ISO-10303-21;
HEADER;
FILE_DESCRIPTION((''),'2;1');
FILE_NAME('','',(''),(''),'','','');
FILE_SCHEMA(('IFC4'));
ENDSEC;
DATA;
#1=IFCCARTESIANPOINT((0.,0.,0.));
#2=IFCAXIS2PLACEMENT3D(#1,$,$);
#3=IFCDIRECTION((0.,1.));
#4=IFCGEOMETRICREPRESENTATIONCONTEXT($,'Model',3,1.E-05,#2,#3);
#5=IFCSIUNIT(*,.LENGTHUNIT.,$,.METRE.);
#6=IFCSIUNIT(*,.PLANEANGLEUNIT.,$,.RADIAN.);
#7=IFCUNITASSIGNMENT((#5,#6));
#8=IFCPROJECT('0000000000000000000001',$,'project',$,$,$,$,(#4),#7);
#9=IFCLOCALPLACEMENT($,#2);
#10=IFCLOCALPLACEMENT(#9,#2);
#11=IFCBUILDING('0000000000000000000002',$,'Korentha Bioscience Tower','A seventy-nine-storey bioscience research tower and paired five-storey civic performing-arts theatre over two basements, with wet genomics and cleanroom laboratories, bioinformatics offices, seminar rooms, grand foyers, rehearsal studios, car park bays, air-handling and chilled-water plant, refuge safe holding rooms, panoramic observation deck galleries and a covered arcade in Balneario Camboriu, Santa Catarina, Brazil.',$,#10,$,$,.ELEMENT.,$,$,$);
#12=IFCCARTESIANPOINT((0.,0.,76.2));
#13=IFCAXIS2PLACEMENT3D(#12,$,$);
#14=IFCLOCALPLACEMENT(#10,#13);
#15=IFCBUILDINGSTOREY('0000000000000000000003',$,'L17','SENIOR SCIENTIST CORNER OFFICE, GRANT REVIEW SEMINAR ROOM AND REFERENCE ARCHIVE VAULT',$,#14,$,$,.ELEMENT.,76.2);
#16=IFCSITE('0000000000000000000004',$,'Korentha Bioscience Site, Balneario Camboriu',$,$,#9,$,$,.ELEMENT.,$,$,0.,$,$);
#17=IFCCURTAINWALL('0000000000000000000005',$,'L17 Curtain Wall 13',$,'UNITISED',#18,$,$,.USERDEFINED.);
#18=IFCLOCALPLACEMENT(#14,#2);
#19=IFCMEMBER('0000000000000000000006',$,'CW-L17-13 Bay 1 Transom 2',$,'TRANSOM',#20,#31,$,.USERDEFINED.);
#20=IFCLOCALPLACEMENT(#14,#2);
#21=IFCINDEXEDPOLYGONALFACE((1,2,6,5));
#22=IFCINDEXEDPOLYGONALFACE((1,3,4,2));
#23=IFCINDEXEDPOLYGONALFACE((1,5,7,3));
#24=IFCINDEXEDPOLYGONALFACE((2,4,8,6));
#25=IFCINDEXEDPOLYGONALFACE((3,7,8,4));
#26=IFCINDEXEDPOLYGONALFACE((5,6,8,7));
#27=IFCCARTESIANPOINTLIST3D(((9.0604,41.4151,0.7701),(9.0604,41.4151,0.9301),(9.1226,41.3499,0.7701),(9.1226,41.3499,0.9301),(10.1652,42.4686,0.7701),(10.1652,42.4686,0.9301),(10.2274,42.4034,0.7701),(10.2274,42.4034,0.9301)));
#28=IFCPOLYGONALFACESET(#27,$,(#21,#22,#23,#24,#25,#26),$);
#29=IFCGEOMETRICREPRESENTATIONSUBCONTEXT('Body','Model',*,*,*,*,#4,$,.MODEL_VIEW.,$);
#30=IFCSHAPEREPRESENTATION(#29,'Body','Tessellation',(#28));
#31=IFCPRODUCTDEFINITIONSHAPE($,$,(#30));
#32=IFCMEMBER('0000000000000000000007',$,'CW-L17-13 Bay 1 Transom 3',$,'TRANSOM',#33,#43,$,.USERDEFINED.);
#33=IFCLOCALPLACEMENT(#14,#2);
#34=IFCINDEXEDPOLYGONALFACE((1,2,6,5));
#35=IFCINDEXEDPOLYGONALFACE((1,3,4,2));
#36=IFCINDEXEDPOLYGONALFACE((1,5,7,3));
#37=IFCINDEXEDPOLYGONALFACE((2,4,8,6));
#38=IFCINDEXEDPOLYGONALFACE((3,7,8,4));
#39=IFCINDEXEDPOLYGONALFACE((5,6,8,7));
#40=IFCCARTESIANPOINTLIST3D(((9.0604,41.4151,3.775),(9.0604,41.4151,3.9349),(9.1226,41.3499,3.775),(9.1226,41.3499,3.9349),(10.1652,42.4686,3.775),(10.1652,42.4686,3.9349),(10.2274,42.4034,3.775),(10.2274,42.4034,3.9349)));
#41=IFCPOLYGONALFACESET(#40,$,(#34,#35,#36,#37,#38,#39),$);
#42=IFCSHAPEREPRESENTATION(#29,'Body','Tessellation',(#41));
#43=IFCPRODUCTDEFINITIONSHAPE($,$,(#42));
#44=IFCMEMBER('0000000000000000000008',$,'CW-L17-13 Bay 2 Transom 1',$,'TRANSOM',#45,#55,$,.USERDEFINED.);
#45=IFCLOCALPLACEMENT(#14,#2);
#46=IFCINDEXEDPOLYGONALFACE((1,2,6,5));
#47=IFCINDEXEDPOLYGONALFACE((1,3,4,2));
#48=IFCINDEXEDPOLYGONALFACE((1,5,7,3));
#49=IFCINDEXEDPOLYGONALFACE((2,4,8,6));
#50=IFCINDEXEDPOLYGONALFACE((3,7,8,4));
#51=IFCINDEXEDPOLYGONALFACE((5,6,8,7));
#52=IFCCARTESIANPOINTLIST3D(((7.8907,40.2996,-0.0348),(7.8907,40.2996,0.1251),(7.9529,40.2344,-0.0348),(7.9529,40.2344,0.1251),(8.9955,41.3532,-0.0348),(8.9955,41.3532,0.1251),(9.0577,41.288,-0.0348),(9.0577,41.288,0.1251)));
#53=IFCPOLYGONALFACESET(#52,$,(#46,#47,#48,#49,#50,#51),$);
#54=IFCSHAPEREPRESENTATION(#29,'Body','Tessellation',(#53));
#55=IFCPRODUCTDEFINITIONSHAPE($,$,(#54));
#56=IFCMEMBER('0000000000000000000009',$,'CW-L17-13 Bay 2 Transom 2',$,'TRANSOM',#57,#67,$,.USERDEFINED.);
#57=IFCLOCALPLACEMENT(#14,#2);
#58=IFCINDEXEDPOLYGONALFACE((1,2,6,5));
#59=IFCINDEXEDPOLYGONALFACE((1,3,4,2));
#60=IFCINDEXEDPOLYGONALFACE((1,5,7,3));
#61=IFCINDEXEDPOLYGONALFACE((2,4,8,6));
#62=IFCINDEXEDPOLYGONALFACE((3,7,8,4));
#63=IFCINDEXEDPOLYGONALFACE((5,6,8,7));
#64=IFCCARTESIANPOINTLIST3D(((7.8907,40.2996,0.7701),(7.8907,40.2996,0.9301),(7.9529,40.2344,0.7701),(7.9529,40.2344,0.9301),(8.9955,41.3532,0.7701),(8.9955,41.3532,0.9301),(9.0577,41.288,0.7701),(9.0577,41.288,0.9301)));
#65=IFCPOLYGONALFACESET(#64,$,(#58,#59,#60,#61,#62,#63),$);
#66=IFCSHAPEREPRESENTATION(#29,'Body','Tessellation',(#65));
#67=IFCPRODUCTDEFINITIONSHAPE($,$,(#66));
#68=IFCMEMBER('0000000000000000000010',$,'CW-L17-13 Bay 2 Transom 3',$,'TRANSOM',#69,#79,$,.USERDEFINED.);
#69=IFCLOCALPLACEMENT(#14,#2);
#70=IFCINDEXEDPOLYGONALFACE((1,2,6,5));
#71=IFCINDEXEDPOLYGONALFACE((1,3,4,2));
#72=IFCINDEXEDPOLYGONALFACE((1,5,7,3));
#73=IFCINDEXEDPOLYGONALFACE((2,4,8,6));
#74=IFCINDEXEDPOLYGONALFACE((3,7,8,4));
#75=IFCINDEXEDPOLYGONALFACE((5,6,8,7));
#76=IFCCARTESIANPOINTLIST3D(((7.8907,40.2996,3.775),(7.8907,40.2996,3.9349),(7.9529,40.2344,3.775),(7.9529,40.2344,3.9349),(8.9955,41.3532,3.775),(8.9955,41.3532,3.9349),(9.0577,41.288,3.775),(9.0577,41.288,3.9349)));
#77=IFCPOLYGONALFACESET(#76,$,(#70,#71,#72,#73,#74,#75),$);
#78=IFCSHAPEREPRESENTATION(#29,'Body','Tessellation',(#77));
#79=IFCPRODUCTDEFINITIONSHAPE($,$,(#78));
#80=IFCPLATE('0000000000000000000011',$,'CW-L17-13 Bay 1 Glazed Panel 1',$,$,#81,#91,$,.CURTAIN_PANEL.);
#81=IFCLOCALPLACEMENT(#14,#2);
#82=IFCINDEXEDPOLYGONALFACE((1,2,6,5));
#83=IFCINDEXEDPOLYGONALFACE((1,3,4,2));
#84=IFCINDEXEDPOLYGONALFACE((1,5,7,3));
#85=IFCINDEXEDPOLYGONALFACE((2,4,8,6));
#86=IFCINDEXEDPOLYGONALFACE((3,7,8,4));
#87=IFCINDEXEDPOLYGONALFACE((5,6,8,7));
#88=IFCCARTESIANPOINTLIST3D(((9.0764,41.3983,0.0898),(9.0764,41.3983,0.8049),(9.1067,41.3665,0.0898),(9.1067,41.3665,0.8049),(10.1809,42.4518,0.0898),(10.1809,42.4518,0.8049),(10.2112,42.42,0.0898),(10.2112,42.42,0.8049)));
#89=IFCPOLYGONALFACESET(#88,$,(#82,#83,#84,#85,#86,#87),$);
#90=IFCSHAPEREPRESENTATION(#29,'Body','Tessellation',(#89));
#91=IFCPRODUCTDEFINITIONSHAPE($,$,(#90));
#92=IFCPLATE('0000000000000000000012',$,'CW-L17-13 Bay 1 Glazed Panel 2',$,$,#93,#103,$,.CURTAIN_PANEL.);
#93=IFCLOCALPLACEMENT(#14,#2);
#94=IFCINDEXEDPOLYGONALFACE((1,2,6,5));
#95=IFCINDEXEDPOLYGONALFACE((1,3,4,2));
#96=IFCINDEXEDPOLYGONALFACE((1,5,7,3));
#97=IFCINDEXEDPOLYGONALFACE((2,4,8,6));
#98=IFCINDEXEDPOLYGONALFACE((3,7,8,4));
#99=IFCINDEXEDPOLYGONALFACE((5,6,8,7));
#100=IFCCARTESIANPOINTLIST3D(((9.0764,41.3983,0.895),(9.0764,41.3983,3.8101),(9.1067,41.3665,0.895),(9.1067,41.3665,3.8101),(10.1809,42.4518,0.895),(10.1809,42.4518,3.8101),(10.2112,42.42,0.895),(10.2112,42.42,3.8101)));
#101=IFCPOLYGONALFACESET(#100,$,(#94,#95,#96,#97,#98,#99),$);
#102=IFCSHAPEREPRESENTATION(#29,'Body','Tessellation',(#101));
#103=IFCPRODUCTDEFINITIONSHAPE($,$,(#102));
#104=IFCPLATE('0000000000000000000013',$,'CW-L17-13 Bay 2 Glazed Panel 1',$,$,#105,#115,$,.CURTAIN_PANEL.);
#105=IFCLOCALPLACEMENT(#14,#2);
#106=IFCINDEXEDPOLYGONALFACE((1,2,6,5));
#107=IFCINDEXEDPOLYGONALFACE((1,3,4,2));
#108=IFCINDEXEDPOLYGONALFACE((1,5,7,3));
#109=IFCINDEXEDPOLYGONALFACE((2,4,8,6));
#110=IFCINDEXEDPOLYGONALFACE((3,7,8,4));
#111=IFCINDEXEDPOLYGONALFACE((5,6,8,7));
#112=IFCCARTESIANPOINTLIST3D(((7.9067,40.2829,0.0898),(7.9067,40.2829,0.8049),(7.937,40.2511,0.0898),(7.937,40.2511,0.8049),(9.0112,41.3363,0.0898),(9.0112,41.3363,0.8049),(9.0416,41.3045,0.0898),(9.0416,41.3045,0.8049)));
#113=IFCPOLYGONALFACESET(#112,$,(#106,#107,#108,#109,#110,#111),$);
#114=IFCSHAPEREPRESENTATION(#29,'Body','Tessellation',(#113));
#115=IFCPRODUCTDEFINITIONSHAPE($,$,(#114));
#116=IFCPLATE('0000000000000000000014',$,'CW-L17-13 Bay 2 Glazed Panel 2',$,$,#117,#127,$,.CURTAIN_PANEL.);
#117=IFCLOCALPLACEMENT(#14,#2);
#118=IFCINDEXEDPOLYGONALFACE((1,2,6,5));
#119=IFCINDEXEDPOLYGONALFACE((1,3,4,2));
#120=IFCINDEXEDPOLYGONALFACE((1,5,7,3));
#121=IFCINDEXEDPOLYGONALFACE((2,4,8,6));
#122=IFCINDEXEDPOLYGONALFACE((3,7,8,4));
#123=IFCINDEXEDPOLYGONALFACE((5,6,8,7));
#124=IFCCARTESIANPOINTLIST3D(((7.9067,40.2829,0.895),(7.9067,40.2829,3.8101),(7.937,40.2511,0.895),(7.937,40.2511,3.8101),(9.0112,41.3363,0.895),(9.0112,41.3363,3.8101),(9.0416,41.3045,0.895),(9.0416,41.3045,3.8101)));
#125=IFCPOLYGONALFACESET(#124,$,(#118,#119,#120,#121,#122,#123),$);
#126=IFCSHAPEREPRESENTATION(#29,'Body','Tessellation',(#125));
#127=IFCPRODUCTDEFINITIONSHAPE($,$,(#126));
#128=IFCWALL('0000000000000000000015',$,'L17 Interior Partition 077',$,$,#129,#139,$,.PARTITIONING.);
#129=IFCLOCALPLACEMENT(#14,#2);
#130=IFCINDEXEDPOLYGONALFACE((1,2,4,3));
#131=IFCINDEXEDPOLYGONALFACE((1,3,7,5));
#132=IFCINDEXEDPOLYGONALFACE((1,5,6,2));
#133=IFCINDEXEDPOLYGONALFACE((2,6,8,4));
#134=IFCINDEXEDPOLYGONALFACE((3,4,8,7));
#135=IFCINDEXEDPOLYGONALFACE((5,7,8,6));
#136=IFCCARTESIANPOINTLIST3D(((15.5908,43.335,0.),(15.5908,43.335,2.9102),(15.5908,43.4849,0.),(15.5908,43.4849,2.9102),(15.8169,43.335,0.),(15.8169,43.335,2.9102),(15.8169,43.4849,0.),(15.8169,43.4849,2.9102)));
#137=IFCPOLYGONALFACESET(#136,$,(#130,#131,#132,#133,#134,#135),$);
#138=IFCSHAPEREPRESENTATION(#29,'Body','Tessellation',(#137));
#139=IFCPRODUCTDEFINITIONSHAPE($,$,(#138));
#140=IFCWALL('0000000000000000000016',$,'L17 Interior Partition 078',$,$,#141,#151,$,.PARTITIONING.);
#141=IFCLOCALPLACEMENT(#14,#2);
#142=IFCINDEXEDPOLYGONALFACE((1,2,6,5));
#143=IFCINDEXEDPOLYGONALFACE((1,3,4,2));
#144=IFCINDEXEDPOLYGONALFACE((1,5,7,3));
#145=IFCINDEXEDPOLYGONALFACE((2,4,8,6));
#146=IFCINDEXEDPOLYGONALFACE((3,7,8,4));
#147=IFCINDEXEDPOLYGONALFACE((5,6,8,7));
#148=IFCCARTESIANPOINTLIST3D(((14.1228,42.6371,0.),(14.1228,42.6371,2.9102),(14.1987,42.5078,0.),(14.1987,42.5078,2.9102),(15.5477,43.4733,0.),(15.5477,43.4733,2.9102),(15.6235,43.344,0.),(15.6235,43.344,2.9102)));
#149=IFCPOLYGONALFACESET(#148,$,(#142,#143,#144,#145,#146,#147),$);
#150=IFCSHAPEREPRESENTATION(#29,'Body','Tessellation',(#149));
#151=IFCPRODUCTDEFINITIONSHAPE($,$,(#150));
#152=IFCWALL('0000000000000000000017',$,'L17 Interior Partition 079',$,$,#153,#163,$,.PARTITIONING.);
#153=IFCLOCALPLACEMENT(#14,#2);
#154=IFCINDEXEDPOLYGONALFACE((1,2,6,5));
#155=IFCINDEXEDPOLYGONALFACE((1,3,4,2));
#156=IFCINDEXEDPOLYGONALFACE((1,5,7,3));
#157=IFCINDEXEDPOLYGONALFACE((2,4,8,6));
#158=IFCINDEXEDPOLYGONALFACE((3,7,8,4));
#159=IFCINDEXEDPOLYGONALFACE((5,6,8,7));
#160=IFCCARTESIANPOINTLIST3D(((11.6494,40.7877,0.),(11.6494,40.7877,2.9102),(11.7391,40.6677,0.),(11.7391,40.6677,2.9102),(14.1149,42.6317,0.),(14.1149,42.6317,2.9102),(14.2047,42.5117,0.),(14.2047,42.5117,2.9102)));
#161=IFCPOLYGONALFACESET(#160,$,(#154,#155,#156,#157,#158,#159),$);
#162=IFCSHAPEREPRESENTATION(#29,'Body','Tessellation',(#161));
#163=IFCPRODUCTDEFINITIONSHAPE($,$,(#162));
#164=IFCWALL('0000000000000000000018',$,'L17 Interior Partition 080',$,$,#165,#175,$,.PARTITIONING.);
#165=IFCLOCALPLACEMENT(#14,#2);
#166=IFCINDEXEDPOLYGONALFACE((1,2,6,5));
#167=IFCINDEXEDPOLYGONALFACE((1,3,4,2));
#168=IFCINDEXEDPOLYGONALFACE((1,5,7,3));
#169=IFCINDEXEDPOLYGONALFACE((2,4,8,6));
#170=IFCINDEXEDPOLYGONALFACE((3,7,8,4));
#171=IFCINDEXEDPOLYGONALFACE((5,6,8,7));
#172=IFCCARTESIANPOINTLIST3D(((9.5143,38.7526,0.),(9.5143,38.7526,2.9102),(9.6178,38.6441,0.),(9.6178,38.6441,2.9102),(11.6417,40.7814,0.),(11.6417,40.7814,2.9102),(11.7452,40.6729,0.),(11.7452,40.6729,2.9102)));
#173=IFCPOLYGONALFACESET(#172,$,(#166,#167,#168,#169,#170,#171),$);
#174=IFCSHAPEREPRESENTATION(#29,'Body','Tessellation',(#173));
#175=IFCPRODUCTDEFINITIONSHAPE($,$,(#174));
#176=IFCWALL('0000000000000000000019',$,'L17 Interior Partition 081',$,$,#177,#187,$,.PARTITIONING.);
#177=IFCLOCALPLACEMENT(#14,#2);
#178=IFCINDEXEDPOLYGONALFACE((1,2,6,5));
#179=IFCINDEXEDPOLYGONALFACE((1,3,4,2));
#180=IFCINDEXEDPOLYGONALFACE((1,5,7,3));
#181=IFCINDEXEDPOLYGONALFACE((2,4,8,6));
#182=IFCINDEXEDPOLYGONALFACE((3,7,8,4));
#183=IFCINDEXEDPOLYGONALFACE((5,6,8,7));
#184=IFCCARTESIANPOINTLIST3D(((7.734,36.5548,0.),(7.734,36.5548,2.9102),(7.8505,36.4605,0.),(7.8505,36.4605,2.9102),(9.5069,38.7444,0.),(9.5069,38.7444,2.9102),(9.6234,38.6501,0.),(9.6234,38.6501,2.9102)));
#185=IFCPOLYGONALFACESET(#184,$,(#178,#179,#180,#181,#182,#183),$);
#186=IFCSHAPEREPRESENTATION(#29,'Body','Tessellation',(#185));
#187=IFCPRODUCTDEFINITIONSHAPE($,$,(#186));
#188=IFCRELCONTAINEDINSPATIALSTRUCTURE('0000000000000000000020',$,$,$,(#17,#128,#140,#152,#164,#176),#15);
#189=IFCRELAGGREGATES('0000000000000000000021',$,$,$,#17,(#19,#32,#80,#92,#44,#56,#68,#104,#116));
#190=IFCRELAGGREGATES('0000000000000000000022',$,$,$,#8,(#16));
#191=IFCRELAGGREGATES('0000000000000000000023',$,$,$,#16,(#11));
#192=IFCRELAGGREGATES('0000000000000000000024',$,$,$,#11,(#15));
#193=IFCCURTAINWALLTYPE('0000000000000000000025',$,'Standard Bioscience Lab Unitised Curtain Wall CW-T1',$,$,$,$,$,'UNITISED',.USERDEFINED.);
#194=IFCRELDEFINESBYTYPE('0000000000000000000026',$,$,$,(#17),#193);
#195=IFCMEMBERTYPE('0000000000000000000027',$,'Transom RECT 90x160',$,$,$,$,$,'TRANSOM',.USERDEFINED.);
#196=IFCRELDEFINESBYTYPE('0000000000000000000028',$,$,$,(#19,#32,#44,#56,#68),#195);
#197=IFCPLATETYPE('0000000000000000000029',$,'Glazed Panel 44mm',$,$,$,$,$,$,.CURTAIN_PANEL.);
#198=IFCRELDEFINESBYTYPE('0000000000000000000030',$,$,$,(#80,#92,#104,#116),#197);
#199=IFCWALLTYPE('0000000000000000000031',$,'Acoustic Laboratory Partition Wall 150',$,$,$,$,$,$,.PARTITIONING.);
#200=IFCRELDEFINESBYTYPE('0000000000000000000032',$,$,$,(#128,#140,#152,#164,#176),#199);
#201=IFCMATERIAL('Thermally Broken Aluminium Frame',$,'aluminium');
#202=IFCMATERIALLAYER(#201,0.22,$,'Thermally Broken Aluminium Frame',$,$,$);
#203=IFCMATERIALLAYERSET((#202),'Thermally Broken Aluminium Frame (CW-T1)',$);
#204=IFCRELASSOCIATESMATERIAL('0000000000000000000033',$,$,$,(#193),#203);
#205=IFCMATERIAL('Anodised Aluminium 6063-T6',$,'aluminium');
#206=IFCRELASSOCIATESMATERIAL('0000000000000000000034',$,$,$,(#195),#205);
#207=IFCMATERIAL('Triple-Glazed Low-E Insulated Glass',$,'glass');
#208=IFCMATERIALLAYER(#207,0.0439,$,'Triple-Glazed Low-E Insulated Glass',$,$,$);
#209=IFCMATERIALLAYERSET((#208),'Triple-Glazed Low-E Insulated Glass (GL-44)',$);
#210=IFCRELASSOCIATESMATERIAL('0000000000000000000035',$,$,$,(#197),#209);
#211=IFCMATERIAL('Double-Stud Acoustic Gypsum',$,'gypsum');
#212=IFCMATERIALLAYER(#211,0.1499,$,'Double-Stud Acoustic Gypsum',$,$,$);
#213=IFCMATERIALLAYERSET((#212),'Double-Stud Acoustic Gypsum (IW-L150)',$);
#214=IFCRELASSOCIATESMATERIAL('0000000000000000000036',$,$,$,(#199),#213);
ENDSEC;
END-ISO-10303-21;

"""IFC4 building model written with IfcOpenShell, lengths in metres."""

from ifc_helpers import new_model, si_unit, direction, frame, frame_2d, origin, origin_2d, place, context, subcontext, project, spatial, rectangle, extrude, material, layer, layer_set, material_profile, profile_set, type_object, element, aggregate, save


model = new_model("IFC4")

# Units and contexts
model_context = context("Model", 3, precision=1e-05, world=origin(), true_north=direction((0.0, 1.0)))
body_context = subcontext(model_context, "Body", "Model", "MODEL_VIEW")
ifc_project = project(units=[si_unit("LENGTHUNIT", "METRE"), si_unit("PLANEANGLEUNIT", "RADIAN")], contexts=[model_context])

# Site, building, storey
site_placement = place(None, origin())
site = spatial("IfcSite", under=ifc_project, at=site_placement, Name="Korentha Bioscience Site, Balneario Camboriu", CompositionType="ELEMENT", RefElevation=0.0)
building_placement = place(site_placement, origin())
building = spatial("IfcBuilding", under=site, at=building_placement, Name="Korentha Bioscience Tower", Description="A seventy-nine-storey bioscience research tower and paired five-storey civic performing-arts theatre over two basements, with wet genomics and cleanroom laboratories, bioinformatics offices, seminar rooms, grand foyers, rehearsal studios, car park bays, air-handling and chilled-water plant, refuge safe holding rooms, panoramic observation deck galleries and a covered arcade in Balneario Camboriu, Santa Catarina, Brazil.", CompositionType="ELEMENT")
storey_placement = place(building_placement, frame((0.0, 0.0, 76.2)))
storey = spatial("IfcBuildingStorey", under=building, at=storey_placement, Name="L17", Description="SENIOR SCIENTIST CORNER OFFICE, GRANT REVIEW SEMINAR ROOM AND REFERENCE ARCHIVE VAULT", CompositionType="ELEMENT", Elevation=76.2)

# Curtain wall
ifc_material_1 = material(Name="Thermally Broken Aluminium Frame", Category="aluminium")
ifc_layer_1 = layer(ifc_material_1, 0.22, Name="Thermally Broken Aluminium Frame")
ifc_layer_set_1 = layer_set([ifc_layer_1], Name="Thermally Broken Aluminium Frame (CW-T1)")
curtain_wall_type = type_object("IfcCurtainWallType", Name="Standard Bioscience Lab Unitised Curtain Wall CW-T1", ElementType="UNITISED", PredefinedType="USERDEFINED", material=ifc_layer_set_1)
curtain_wall_placement = place(storey_placement, origin())
curtain_wall = element("IfcCurtainWall", 1, at=curtain_wall_placement, inside=storey, type_object=curtain_wall_type, Name="L17 Curtain Wall 13", ObjectType="UNITISED", PredefinedType="USERDEFINED")
ifc_material_2 = material(Name="Anodised Aluminium 6063-T6", Category="aluminium")

# Members
ifc_material_profile_1 = material_profile(ifc_material_2, rectangle(XDim=0.0901, YDim=0.1599, at=origin_2d()), Name="Anodised Aluminium 6063-T6")
ifc_profile_set_1 = profile_set([ifc_material_profile_1], Name="Anodised Aluminium 6063-T6 (CW-TRN)")
member_type_1 = type_object("IfcMemberType", Name="Transom RECT 90x160", ElementType="TRANSOM", PredefinedType="USERDEFINED", material=ifc_profile_set_1)
member_1_placement = place(storey_placement, frame((10.1963, 42.436, 0.8501), z_axis=(-0.7237, -0.690114, 0.0), x_axis=(0.690114, -0.7237, 0.0)))
member_1 = element("IfcMember", 2, at=member_1_placement, type_object=member_type_1, Name="CW-L17-13 Bay 1 Transom 2", ObjectType="TRANSOM", PredefinedType="USERDEFINED", context=body_context, shape_type="SweptSolid", body=[
    extrude(rectangle(XDim=0.0901, YDim=0.1599, at=origin_2d()), origin(), (0.0, 0.0, 1.0), 1.5266),
])
member_2_placement = place(storey_placement, frame((10.1963, 42.436, 3.855), z_axis=(-0.7237, -0.690114, 0.0), x_axis=(0.690114, -0.7237, 0.0)))
member_2 = element("IfcMember", 3, at=member_2_placement, type_object=member_type_1, Name="CW-L17-13 Bay 1 Transom 3", ObjectType="TRANSOM", PredefinedType="USERDEFINED", context=body_context, shape_type="SweptSolid", body=[
    extrude(rectangle(XDim=0.0901, YDim=0.1599, at=origin_2d()), origin(), (0.0, 0.0, 1.0), 1.5266),
])
member_3_placement = place(storey_placement, frame((9.0266, 41.3206, 0.0452), z_axis=(-0.7237, -0.690114, 0.0), x_axis=(0.690114, -0.7237, 0.0)))
member_3 = element("IfcMember", 4, at=member_3_placement, type_object=member_type_1, Name="CW-L17-13 Bay 2 Transom 1", ObjectType="TRANSOM", PredefinedType="USERDEFINED", context=body_context, shape_type="SweptSolid", body=[
    extrude(rectangle(XDim=0.0901, YDim=0.1599, at=origin_2d()), origin(), (0.0, 0.0, 1.0), 1.5266),
])
member_4_placement = place(storey_placement, frame((9.0266, 41.3206, 0.8501), z_axis=(-0.7237, -0.690114, 0.0), x_axis=(0.690114, -0.7237, 0.0)))
member_4 = element("IfcMember", 5, at=member_4_placement, type_object=member_type_1, Name="CW-L17-13 Bay 2 Transom 2", ObjectType="TRANSOM", PredefinedType="USERDEFINED", context=body_context, shape_type="SweptSolid", body=[
    extrude(rectangle(XDim=0.0901, YDim=0.1599, at=origin_2d()), origin(), (0.0, 0.0, 1.0), 1.5266),
])
member_5_placement = place(storey_placement, frame((9.0266, 41.3206, 3.855), z_axis=(-0.7237, -0.690114, 0.0), x_axis=(0.690114, -0.7237, 0.0)))
member_5 = element("IfcMember", 6, at=member_5_placement, type_object=member_type_1, Name="CW-L17-13 Bay 2 Transom 3", ObjectType="TRANSOM", PredefinedType="USERDEFINED", context=body_context, shape_type="SweptSolid", body=[
    extrude(rectangle(XDim=0.0901, YDim=0.1599, at=origin_2d()), origin(), (0.0, 0.0, 1.0), 1.5266),
])

# Plates
ifc_material_3 = material(Name="Triple-Glazed Low-E Insulated Glass", Category="glass")
ifc_layer_2 = layer(ifc_material_3, 0.0439, Name="Triple-Glazed Low-E Insulated Glass")
ifc_layer_set_2 = layer_set([ifc_layer_2], Name="Triple-Glazed Low-E Insulated Glass (GL-44)")
plate_type = type_object("IfcPlateType", Name="Glazed Panel 44mm", PredefinedType="CURTAIN_PANEL", material=ifc_layer_set_2)
plate_1_placement = place(storey_placement, frame((9.6438, 41.9092, 0.0898), z_axis=(0.0, 0.0, 1.0), x_axis=(-0.723642, -0.690176, 0.0)))
plate_1 = element("IfcPlate", 7, at=plate_1_placement, type_object=plate_type, Name="CW-L17-13 Bay 1 Glazed Panel 1", PredefinedType="CURTAIN_PANEL", context=body_context, shape_type="SweptSolid", body=[
    extrude(rectangle(XDim=1.5264, YDim=0.0439, at=origin_2d()), origin(), (0.0, 0.0, 1.0), 0.7151),
])
plate_2_placement = place(storey_placement, frame((9.6438, 41.9092, 0.895), z_axis=(0.0, 0.0, 1.0), x_axis=(-0.723642, -0.690176, 0.0)))
plate_2 = element("IfcPlate", 8, at=plate_2_placement, type_object=plate_type, Name="CW-L17-13 Bay 1 Glazed Panel 2", PredefinedType="CURTAIN_PANEL", context=body_context, shape_type="SweptSolid", body=[
    extrude(rectangle(XDim=1.5264, YDim=0.0439, at=origin_2d()), origin(), (0.0, 0.0, 1.0), 2.915),
])
plate_3_placement = place(storey_placement, frame((8.4741, 40.7937, 0.0898), z_axis=(0.0, 0.0, 1.0), x_axis=(-0.723642, -0.690176, 0.0)))
plate_3 = element("IfcPlate", 9, at=plate_3_placement, type_object=plate_type, Name="CW-L17-13 Bay 2 Glazed Panel 1", PredefinedType="CURTAIN_PANEL", context=body_context, shape_type="SweptSolid", body=[
    extrude(rectangle(XDim=1.5264, YDim=0.0439, at=origin_2d()), origin(), (0.0, 0.0, 1.0), 0.7151),
])
plate_4_placement = place(storey_placement, frame((8.4741, 40.7937, 0.895), z_axis=(0.0, 0.0, 1.0), x_axis=(-0.723642, -0.690176, 0.0)))
plate_4 = element("IfcPlate", 10, at=plate_4_placement, type_object=plate_type, Name="CW-L17-13 Bay 2 Glazed Panel 2", PredefinedType="CURTAIN_PANEL", context=body_context, shape_type="SweptSolid", body=[
    extrude(rectangle(XDim=1.5264, YDim=0.0439, at=origin_2d()), origin(), (0.0, 0.0, 1.0), 2.915),
])
aggregate(curtain_wall, [member_1, member_2, plate_1, plate_2, member_3, member_4, member_5, plate_3, plate_4])

# Walls
ifc_material_4 = material(Name="Double-Stud Acoustic Gypsum", Category="gypsum")
ifc_layer_3 = layer(ifc_material_4, 0.1499, Name="Double-Stud Acoustic Gypsum")
ifc_layer_set_3 = layer_set([ifc_layer_3], Name="Double-Stud Acoustic Gypsum (IW-L150)")
wall_type_1 = type_object("IfcWallType", Name="Acoustic Laboratory Partition Wall 150", PredefinedType="PARTITIONING", material=ifc_layer_set_3)
wall_1_placement = place(storey_placement, frame((15.8169, 43.4099, 0.0), z_axis=(0.0, 0.0, 1.0), x_axis=(-1.0, 0.0, 0.0)))
element("IfcWall", 11, at=wall_1_placement, inside=storey, type_object=wall_type_1, Name="L17 Interior Partition 077", PredefinedType="PARTITIONING", context=body_context, shape_type="SweptSolid", body=[
    extrude(rectangle(XDim=0.2261, YDim=0.1499, at=frame_2d((0.113, 0.0))), origin(), (0.0, 0.0, 1.0), 2.9102),
])
wall_2_placement = place(storey_placement, frame((15.5857, 43.4087, 0.0), z_axis=(0.0, 0.0, 1.0), x_axis=(-0.862447, -0.506148, 0.0)))
element("IfcWall", 12, at=wall_2_placement, inside=storey, type_object=wall_type_1, Name="L17 Interior Partition 078", PredefinedType="PARTITIONING", context=body_context, shape_type="SweptSolid", body=[
    extrude(rectangle(XDim=1.6521, YDim=0.1499, at=frame_2d((0.8262, 0.0))), origin(), (0.0, 0.0, 1.0), 2.9102),
])
wall_3_placement = place(storey_placement, frame((14.1599, 42.5718, 0.0), z_axis=(0.0, 0.0, 1.0), x_axis=(-0.800808, -0.598921, 0.0)))
element("IfcWall", 13, at=wall_3_placement, inside=storey, type_object=wall_type_1, Name="L17 Interior Partition 079", PredefinedType="PARTITIONING", context=body_context, shape_type="SweptSolid", body=[
    extrude(rectangle(XDim=3.0789, YDim=0.1499, at=frame_2d((1.5396, 0.0))), origin(), (0.0, 0.0, 1.0), 2.9102),
])
wall_4_placement = place(storey_placement, frame((11.6934, 40.7271, 0.0), z_axis=(0.0, 0.0, 1.0), x_axis=(-0.723684, -0.690132, 0.0)))
element("IfcWall", 14, at=wall_4_placement, inside=storey, type_object=wall_type_1, Name="L17 Interior Partition 080", PredefinedType="PARTITIONING", context=body_context, shape_type="SweptSolid", body=[
    extrude(rectangle(XDim=2.9397, YDim=0.1499, at=frame_2d((1.4697, 0.0))), origin(), (0.0, 0.0, 1.0), 2.9102),
])
wall_5_placement = place(storey_placement, frame((9.5652, 38.6973, 0.0), z_axis=(0.0, 0.0, 1.0), x_axis=(-0.629271, -0.777186, 0.0)))
element("IfcWall", 15, at=wall_5_placement, inside=storey, type_object=wall_type_1, Name="L17 Interior Partition 081", PredefinedType="PARTITIONING", context=body_context, shape_type="SweptSolid", body=[
    extrude(rectangle(XDim=2.8174, YDim=0.1499, at=frame_2d((1.4087, 0.0))), origin(), (0.0, 0.0, 1.0), 2.9102),
])

save(model, "model.ifc")
